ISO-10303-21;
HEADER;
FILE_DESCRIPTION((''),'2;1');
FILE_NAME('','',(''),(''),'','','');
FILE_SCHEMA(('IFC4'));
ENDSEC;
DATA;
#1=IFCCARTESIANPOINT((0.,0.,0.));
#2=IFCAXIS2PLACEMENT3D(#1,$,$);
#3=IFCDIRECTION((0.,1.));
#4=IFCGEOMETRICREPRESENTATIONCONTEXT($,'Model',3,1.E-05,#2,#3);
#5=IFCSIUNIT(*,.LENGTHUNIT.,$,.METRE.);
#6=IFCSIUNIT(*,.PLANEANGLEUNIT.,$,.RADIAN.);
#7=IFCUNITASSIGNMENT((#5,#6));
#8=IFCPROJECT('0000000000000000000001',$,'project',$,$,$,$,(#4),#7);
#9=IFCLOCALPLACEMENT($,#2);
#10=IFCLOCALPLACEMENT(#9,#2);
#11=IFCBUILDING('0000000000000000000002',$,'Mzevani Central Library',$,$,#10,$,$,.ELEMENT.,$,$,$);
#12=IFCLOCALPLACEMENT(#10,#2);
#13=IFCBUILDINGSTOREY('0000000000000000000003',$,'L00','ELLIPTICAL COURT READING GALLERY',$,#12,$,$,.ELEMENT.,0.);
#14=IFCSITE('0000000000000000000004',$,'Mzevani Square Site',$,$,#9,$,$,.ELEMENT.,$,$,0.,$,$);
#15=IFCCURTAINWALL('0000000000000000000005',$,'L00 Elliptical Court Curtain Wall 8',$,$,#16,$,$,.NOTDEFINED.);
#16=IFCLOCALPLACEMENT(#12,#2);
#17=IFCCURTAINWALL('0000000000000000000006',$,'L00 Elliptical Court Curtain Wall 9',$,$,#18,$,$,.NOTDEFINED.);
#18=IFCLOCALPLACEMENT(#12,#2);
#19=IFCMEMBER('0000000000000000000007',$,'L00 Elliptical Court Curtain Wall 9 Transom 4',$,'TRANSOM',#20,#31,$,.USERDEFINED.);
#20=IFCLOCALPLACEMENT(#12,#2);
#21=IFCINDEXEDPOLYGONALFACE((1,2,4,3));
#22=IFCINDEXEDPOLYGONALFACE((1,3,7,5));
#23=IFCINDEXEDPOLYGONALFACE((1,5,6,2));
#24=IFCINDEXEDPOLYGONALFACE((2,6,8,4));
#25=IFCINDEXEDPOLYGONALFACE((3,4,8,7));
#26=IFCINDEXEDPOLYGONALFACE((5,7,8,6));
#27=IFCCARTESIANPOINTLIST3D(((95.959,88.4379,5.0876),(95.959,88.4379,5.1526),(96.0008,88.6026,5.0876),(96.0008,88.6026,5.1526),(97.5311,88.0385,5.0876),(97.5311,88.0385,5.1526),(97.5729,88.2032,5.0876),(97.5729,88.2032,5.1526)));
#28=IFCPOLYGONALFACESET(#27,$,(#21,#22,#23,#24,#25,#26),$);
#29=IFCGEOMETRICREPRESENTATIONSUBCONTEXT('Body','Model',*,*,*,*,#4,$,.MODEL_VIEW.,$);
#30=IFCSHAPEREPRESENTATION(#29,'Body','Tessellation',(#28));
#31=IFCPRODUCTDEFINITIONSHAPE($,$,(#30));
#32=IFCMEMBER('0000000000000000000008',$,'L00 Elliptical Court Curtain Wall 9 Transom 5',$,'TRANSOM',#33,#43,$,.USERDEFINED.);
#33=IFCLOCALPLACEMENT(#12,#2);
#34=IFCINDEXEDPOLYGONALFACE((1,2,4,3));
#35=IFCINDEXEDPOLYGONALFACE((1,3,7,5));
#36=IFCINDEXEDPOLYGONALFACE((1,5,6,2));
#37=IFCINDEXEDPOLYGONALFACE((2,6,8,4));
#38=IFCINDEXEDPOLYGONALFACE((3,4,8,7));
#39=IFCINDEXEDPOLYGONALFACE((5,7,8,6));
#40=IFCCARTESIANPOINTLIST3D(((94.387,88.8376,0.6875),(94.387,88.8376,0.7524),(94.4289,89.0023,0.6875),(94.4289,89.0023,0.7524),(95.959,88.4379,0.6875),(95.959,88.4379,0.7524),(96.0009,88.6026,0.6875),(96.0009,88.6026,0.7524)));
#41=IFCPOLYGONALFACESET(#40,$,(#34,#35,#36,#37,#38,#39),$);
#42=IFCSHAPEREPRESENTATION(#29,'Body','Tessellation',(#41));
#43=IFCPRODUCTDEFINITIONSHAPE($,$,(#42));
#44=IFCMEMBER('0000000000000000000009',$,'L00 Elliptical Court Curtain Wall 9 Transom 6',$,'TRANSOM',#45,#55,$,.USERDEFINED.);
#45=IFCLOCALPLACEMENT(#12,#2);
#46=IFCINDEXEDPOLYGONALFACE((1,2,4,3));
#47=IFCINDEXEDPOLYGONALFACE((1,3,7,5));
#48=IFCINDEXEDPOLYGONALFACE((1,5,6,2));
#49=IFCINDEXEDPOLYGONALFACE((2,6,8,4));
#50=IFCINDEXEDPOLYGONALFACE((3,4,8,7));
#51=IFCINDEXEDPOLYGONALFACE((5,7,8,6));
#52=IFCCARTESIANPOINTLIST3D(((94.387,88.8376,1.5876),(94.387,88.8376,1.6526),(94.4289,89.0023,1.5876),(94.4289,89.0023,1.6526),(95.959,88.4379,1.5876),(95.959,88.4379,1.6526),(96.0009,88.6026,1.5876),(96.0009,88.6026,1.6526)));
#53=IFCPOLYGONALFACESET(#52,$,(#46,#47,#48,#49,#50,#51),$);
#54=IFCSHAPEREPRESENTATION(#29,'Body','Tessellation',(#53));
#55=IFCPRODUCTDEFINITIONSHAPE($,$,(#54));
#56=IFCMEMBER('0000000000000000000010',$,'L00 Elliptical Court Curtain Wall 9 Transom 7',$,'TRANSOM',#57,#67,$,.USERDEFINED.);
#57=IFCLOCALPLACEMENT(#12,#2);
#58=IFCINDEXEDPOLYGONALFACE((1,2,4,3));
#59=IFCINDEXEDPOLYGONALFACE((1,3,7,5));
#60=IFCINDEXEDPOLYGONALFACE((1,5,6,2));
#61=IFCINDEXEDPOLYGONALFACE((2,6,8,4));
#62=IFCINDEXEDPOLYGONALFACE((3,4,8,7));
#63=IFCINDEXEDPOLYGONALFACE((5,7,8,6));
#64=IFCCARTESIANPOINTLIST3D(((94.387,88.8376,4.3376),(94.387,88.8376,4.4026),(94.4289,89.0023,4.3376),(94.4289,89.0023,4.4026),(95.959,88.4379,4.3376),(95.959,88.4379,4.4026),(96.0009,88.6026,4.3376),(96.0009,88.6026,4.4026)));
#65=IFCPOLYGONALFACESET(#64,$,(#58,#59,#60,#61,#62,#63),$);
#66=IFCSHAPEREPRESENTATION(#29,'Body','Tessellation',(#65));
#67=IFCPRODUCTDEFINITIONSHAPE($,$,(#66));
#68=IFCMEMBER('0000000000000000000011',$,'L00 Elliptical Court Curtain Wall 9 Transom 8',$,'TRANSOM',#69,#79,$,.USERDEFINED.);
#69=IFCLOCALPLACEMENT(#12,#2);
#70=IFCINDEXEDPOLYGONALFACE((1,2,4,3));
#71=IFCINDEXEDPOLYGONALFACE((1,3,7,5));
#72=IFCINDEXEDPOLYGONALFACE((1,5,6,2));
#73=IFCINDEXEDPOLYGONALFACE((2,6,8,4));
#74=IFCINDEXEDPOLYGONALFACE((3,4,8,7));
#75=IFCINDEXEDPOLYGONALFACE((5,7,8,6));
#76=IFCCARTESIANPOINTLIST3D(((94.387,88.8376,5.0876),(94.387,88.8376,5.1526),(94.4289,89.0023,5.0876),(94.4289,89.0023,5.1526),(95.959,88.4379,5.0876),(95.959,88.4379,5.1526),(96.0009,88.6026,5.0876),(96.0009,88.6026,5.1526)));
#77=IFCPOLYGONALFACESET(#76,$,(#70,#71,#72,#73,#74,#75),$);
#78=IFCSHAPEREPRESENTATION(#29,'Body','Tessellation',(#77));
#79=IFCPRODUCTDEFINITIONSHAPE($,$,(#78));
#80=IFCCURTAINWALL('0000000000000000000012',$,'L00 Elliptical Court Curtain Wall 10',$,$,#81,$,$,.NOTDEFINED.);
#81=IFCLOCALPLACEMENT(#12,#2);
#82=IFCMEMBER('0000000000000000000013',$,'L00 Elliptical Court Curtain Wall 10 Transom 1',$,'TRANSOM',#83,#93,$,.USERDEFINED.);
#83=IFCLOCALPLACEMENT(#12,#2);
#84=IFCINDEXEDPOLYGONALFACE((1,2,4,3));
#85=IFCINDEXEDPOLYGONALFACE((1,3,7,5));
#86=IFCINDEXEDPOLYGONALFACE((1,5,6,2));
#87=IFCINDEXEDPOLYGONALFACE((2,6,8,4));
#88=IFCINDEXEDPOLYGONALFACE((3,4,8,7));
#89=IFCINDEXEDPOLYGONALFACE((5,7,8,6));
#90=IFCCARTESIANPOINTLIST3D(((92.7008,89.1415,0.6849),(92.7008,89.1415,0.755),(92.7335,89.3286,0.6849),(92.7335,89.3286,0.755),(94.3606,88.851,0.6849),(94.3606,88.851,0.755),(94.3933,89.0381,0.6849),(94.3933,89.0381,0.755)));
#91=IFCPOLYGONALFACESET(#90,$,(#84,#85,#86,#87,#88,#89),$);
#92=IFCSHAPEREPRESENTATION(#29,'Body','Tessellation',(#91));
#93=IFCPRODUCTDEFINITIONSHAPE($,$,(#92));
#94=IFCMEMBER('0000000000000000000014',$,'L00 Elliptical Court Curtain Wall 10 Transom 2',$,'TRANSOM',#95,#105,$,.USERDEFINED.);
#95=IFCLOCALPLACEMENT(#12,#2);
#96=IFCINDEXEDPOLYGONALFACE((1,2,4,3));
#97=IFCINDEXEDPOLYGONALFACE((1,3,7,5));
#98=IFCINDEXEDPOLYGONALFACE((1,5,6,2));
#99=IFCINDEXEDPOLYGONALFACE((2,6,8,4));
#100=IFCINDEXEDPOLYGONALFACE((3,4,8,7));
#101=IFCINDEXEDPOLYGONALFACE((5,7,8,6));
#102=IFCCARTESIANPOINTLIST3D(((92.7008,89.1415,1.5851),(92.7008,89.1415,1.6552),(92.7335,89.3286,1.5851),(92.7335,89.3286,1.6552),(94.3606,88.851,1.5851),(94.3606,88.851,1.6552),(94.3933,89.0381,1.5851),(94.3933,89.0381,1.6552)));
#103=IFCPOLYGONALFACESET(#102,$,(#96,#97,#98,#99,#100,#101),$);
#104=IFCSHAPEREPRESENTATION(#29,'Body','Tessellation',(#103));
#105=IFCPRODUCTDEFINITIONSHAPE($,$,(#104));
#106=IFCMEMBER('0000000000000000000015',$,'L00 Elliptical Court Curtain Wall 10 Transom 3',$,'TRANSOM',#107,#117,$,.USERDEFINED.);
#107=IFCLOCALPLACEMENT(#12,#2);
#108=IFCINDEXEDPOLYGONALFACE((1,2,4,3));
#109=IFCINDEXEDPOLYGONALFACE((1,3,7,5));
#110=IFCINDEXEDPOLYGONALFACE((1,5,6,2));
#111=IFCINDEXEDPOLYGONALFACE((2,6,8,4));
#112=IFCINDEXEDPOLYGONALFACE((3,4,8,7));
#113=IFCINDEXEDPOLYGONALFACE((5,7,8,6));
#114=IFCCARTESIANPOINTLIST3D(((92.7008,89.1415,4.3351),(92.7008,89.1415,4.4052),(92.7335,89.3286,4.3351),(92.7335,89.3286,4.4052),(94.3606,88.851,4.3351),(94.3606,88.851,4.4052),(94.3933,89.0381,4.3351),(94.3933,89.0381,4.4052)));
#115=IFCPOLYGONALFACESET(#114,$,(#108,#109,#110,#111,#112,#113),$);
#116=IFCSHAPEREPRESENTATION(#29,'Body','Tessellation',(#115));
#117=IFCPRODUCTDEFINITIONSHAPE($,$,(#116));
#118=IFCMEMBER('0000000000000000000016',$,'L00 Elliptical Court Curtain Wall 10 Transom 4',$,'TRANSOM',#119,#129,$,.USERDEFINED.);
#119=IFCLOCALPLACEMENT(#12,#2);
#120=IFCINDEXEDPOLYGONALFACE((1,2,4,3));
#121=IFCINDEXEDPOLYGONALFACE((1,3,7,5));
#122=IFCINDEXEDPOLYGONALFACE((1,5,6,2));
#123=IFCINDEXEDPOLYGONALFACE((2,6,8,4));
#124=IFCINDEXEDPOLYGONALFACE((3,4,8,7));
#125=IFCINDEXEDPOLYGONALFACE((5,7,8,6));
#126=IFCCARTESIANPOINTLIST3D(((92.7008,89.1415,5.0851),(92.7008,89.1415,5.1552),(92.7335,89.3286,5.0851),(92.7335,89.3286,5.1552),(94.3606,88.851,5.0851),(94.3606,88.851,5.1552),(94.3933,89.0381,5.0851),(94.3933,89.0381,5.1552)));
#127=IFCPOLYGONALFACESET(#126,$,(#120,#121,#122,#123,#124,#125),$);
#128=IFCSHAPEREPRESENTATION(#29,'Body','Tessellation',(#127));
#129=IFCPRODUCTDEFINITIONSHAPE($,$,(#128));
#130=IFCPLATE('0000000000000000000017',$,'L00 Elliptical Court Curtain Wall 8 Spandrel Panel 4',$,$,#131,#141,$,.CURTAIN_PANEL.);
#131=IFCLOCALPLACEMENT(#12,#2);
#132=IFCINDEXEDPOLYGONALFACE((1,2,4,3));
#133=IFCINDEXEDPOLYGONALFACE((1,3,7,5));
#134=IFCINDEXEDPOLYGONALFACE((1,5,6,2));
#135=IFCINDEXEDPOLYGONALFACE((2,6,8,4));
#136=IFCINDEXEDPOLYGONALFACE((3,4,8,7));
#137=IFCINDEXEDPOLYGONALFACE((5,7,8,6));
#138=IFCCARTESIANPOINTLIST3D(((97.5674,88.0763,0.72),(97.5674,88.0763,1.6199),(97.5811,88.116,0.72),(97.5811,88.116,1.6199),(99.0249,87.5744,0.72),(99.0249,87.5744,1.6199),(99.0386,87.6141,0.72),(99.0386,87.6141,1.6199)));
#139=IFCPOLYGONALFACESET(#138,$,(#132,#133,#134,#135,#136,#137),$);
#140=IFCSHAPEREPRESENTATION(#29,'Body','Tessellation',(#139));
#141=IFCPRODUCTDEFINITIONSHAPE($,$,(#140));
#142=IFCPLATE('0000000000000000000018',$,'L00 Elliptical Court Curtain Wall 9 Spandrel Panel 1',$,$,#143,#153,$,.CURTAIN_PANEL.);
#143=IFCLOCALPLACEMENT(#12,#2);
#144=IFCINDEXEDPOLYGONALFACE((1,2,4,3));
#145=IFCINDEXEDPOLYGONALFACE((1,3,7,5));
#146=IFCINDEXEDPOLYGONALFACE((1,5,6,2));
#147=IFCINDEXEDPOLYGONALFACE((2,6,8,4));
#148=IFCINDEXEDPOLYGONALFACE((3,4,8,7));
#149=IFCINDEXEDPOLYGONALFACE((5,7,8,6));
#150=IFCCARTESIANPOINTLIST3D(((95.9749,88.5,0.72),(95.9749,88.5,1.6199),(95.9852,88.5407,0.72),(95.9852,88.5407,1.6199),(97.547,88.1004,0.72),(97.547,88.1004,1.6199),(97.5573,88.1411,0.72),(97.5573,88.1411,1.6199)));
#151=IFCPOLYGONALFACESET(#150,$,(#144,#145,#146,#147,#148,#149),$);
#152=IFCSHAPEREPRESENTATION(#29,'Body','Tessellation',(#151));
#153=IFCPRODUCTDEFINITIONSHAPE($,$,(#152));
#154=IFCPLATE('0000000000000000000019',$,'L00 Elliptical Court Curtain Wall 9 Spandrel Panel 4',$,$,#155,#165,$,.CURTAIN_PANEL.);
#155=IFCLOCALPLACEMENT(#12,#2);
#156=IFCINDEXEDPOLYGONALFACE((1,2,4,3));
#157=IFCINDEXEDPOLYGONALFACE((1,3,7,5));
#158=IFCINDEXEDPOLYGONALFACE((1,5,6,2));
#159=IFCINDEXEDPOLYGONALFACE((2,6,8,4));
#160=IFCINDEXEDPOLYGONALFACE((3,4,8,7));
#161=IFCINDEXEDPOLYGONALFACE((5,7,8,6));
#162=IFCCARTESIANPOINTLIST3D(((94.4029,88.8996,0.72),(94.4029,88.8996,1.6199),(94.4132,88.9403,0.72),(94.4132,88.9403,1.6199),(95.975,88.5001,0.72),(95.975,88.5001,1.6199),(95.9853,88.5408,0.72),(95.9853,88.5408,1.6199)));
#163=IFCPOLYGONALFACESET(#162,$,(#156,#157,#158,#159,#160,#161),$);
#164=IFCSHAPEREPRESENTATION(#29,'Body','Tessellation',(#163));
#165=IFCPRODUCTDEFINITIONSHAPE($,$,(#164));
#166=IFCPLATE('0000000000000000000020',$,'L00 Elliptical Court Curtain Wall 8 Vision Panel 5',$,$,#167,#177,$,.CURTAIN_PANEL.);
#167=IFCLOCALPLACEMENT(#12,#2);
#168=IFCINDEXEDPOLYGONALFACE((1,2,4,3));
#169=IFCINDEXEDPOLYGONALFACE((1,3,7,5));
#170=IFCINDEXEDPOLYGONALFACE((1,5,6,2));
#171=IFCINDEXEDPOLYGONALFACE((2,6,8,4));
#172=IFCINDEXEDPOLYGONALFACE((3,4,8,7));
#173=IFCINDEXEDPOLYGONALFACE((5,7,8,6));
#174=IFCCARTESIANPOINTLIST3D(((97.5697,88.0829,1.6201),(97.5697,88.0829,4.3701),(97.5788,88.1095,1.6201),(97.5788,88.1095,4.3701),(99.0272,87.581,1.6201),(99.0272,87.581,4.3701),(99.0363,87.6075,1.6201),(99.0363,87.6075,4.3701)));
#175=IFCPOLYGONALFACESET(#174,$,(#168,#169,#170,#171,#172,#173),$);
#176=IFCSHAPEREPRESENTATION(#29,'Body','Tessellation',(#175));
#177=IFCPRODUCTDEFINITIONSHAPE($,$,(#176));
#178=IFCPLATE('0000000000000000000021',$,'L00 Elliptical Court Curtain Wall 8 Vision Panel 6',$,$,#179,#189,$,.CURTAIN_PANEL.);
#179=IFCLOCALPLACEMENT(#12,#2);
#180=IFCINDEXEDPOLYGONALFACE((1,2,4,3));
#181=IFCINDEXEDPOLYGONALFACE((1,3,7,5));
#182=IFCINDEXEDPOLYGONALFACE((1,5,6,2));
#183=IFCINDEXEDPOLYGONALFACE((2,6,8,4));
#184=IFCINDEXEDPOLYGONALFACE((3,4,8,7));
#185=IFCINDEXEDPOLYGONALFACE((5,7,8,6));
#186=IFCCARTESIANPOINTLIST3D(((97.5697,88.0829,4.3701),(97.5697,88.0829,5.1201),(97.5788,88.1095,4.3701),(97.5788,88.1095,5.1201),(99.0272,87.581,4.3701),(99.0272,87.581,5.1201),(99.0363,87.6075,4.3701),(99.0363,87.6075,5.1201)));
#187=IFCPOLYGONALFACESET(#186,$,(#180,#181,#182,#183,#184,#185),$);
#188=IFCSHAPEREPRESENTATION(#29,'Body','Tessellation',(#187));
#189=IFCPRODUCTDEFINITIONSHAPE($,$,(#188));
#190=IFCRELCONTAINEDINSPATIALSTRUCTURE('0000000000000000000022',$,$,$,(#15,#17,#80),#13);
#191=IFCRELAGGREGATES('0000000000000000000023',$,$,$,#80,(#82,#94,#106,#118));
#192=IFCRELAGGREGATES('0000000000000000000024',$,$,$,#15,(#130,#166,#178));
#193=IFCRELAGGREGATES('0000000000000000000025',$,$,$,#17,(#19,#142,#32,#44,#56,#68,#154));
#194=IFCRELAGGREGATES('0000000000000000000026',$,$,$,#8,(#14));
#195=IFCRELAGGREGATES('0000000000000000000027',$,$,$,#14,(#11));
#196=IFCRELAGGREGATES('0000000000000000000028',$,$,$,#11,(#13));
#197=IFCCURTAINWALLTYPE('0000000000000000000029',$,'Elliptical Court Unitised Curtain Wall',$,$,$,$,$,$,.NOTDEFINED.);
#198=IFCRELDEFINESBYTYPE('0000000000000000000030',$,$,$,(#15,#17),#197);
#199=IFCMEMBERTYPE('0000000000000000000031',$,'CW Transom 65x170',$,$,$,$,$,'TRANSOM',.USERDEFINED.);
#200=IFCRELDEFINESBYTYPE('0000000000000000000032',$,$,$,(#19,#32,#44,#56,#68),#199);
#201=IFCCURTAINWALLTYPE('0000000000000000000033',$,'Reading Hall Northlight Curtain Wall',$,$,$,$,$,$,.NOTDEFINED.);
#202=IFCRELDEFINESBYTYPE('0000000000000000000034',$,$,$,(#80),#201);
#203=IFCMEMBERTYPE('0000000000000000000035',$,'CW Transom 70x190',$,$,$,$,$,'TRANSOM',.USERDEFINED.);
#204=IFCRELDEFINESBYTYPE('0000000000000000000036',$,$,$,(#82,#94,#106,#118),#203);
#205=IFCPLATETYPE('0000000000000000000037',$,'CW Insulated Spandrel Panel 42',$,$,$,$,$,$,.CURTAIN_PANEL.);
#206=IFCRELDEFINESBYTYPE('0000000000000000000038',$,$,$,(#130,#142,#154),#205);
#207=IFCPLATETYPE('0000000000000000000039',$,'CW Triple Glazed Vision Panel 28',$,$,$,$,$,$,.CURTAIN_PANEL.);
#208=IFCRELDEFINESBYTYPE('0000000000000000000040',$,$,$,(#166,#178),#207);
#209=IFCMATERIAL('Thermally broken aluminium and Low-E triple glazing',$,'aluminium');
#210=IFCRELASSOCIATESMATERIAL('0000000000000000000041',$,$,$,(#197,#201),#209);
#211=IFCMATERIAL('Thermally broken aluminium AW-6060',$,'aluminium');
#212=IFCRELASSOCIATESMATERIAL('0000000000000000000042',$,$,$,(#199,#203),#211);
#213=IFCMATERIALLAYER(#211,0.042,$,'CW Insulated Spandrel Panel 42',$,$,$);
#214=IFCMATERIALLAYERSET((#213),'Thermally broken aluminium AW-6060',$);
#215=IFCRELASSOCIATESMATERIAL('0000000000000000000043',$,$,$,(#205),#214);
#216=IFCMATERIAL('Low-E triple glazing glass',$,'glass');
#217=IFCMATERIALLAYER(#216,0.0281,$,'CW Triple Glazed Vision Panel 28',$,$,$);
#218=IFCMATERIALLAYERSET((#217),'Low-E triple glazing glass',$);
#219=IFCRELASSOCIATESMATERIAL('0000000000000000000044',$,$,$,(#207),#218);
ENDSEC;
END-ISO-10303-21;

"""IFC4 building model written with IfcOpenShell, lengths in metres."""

from ifc_helpers import new_model, si_unit, direction, frame, origin, origin_2d, place, context, subcontext, project, spatial, rectangle, extrude, material, layer, layer_set, material_profile, profile_set, type_object, element, aggregate, save


model = new_model("IFC4")

# Units and contexts
model_context = context("Model", 3, precision=1e-05, world=origin(), true_north=direction((0.0, 1.0)))
body_context = subcontext(model_context, "Body", "Model", "MODEL_VIEW")
ifc_project = project(units=[si_unit("LENGTHUNIT", "METRE"), si_unit("PLANEANGLEUNIT", "RADIAN")], contexts=[model_context])

# Site, building, storey
site_placement = place(None, origin())
site = spatial("IfcSite", under=ifc_project, at=site_placement, Name="Mzevani Square Site", CompositionType="ELEMENT", RefElevation=0.0)
building_placement = place(site_placement, origin())
building = spatial("IfcBuilding", under=site, at=building_placement, Name="Mzevani Central Library", CompositionType="ELEMENT")
storey_placement = place(building_placement, origin())
storey = spatial("IfcBuildingStorey", under=building, at=storey_placement, Name="L00", Description="ELLIPTICAL COURT READING GALLERY", CompositionType="ELEMENT", Elevation=0.0)

# Curtain walls
ifc_material_1 = material(Name="Thermally broken aluminium and Low-E triple glazing", Category="aluminium")
curtain_wall_type_1 = type_object("IfcCurtainWallType", Name="Elliptical Court Unitised Curtain Wall", PredefinedType="NOTDEFINED", material=ifc_material_1)
curtain_wall_1_placement = place(storey_placement, origin())
curtain_wall_1 = element("IfcCurtainWall", 1, at=curtain_wall_1_placement, inside=storey, type_object=curtain_wall_type_1, Name="L00 Elliptical Court Curtain Wall 8", PredefinedType="NOTDEFINED")
ifc_material_2 = material(Name="Thermally broken aluminium AW-6060", Category="aluminium")
curtain_wall_2_placement = place(storey_placement, origin())
curtain_wall_2 = element("IfcCurtainWall", 2, at=curtain_wall_2_placement, inside=storey, type_object=curtain_wall_type_1, Name="L00 Elliptical Court Curtain Wall 9", PredefinedType="NOTDEFINED")

# Members
ifc_material_profile_1 = material_profile(ifc_material_2, rectangle(XDim=0.1699, YDim=0.0649, at=origin_2d()), Name="ALU T65x170")
ifc_profile_set_1 = profile_set([ifc_material_profile_1], Name="Thermally broken aluminium AW-6060")
member_type_1 = type_object("IfcMemberType", Name="CW Transom 65x170", ElementType="TRANSOM", PredefinedType="USERDEFINED", material=ifc_profile_set_1)
member_1_placement = place(storey_placement, frame((97.552, 88.1208, 5.1201), z_axis=(-0.969206, 0.246253, 0.0), x_axis=(-0.246253, -0.969206, 0.0)))
member_1 = element("IfcMember", 3, at=member_1_placement, type_object=member_type_1, Name="L00 Elliptical Court Curtain Wall 9 Transom 4", ObjectType="TRANSOM", PredefinedType="USERDEFINED", context=body_context, shape_type="SweptSolid", body=[
    extrude(rectangle(XDim=0.1699, YDim=0.0649, at=origin_2d()), origin(), (0.0, 0.0, 1.0), 1.6221),
])
member_2_placement = place(storey_placement, frame((95.98, 88.5203, 0.72), z_axis=(-0.96917, 0.246394, 0.0), x_axis=(-0.246394, -0.96917, 0.0)))
member_2 = element("IfcMember", 4, at=member_2_placement, type_object=member_type_1, Name="L00 Elliptical Court Curtain Wall 9 Transom 5", ObjectType="TRANSOM", PredefinedType="USERDEFINED", context=body_context, shape_type="SweptSolid", body=[
    extrude(rectangle(XDim=0.1699, YDim=0.0649, at=origin_2d()), origin(), (0.0, 0.0, 1.0), 1.6221),
])
member_3_placement = place(storey_placement, frame((95.98, 88.5203, 1.6201), z_axis=(-0.96917, 0.246394, 0.0), x_axis=(-0.246394, -0.96917, 0.0)))
member_3 = element("IfcMember", 5, at=member_3_placement, type_object=member_type_1, Name="L00 Elliptical Court Curtain Wall 9 Transom 6", ObjectType="TRANSOM", PredefinedType="USERDEFINED", context=body_context, shape_type="SweptSolid", body=[
    extrude(rectangle(XDim=0.1699, YDim=0.0649, at=origin_2d()), origin(), (0.0, 0.0, 1.0), 1.6221),
])
member_4_placement = place(storey_placement, frame((95.98, 88.5203, 4.3701), z_axis=(-0.96917, 0.246394, 0.0), x_axis=(-0.246394, -0.96917, 0.0)))
member_4 = element("IfcMember", 6, at=member_4_placement, type_object=member_type_1, Name="L00 Elliptical Court Curtain Wall 9 Transom 7", ObjectType="TRANSOM", PredefinedType="USERDEFINED", context=body_context, shape_type="SweptSolid", body=[
    extrude(rectangle(XDim=0.1699, YDim=0.0649, at=origin_2d()), origin(), (0.0, 0.0, 1.0), 1.6221),
])
member_5_placement = place(storey_placement, frame((95.98, 88.5203, 5.1201), z_axis=(-0.96917, 0.246394, 0.0), x_axis=(-0.246394, -0.96917, 0.0)))
member_5 = element("IfcMember", 7, at=member_5_placement, type_object=member_type_1, Name="L00 Elliptical Court Curtain Wall 9 Transom 8", ObjectType="TRANSOM", PredefinedType="USERDEFINED", context=body_context, shape_type="SweptSolid", body=[
    extrude(rectangle(XDim=0.1699, YDim=0.0649, at=origin_2d()), origin(), (0.0, 0.0, 1.0), 1.6221),
])

# Curtain wall, members
curtain_wall_type_2 = type_object("IfcCurtainWallType", Name="Reading Hall Northlight Curtain Wall", PredefinedType="NOTDEFINED", material=ifc_material_1)
curtain_wall_3_placement = place(storey_placement, origin())
curtain_wall_3 = element("IfcCurtainWall", 8, at=curtain_wall_3_placement, inside=storey, type_object=curtain_wall_type_2, Name="L00 Elliptical Court Curtain Wall 10", PredefinedType="NOTDEFINED")
ifc_material_profile_2 = material_profile(ifc_material_2, rectangle(XDim=0.1899, YDim=0.0701, at=origin_2d()), Name="ALU T70x190")
ifc_profile_set_2 = profile_set([ifc_material_profile_2], Name="Thermally broken aluminium AW-6060")
member_type_2 = type_object("IfcMemberType", Name="CW Transom 70x190", ElementType="TRANSOM", PredefinedType="USERDEFINED", material=ifc_profile_set_2)
member_6_placement = place(storey_placement, frame((94.377, 88.9446, 0.72), z_axis=(-0.985026, 0.172405, 0.0), x_axis=(-0.172405, -0.985026, 0.0)))
member_6 = element("IfcMember", 9, at=member_6_placement, type_object=member_type_2, Name="L00 Elliptical Court Curtain Wall 10 Transom 1", ObjectType="TRANSOM", PredefinedType="USERDEFINED", context=body_context, shape_type="SweptSolid", body=[
    extrude(rectangle(XDim=0.1899, YDim=0.0701, at=origin_2d()), origin(), (0.0, 0.0, 1.0), 1.6851),
])
member_7_placement = place(storey_placement, frame((94.377, 88.9446, 1.6201), z_axis=(-0.985026, 0.172405, 0.0), x_axis=(-0.172405, -0.985026, 0.0)))
member_7 = element("IfcMember", 10, at=member_7_placement, type_object=member_type_2, Name="L00 Elliptical Court Curtain Wall 10 Transom 2", ObjectType="TRANSOM", PredefinedType="USERDEFINED", context=body_context, shape_type="SweptSolid", body=[
    extrude(rectangle(XDim=0.1899, YDim=0.0701, at=origin_2d()), origin(), (0.0, 0.0, 1.0), 1.6851),
])
member_8_placement = place(storey_placement, frame((94.377, 88.9446, 4.3701), z_axis=(-0.985026, 0.172405, 0.0), x_axis=(-0.172405, -0.985026, 0.0)))
member_8 = element("IfcMember", 11, at=member_8_placement, type_object=member_type_2, Name="L00 Elliptical Court Curtain Wall 10 Transom 3", ObjectType="TRANSOM", PredefinedType="USERDEFINED", context=body_context, shape_type="SweptSolid", body=[
    extrude(rectangle(XDim=0.1899, YDim=0.0701, at=origin_2d()), origin(), (0.0, 0.0, 1.0), 1.6851),
])
member_9_placement = place(storey_placement, frame((94.377, 88.9446, 5.1201), z_axis=(-0.985026, 0.172405, 0.0), x_axis=(-0.172405, -0.985026, 0.0)))
member_9 = element("IfcMember", 12, at=member_9_placement, type_object=member_type_2, Name="L00 Elliptical Court Curtain Wall 10 Transom 4", ObjectType="TRANSOM", PredefinedType="USERDEFINED", context=body_context, shape_type="SweptSolid", body=[
    extrude(rectangle(XDim=0.1899, YDim=0.0701, at=origin_2d()), origin(), (0.0, 0.0, 1.0), 1.6851),
])
aggregate(curtain_wall_3, [member_6, member_7, member_8, member_9])

# Plates
ifc_layer_1 = layer(ifc_material_2, 0.042, Name="CW Insulated Spandrel Panel 42")
ifc_layer_set_1 = layer_set([ifc_layer_1], Name="Thermally broken aluminium AW-6060")
plate_type_1 = type_object("IfcPlateType", Name="CW Insulated Spandrel Panel 42", PredefinedType="CURTAIN_PANEL", material=ifc_layer_set_1)
plate_1_placement = place(storey_placement, frame((98.303, 87.8452, 0.72), z_axis=(0.0, 0.0, 1.0), x_axis=(-0.945503, 0.325613, 0.0)))
plate_1 = element("IfcPlate", 13, at=plate_1_placement, type_object=plate_type_1, Name="L00 Elliptical Court Curtain Wall 8 Spandrel Panel 4", PredefinedType="CURTAIN_PANEL", context=body_context, shape_type="SweptSolid", body=[
    extrude(rectangle(XDim=1.5415, YDim=0.042, at=origin_2d()), origin(), (0.0, 0.0, 1.0), 0.8999),
])
plate_2_placement = place(storey_placement, frame((96.7661, 88.3206, 0.72), z_axis=(0.0, 0.0, 1.0), x_axis=(-0.969187, 0.246328, 0.0)))
plate_2 = element("IfcPlate", 14, at=plate_2_placement, type_object=plate_type_1, Name="L00 Elliptical Court Curtain Wall 9 Spandrel Panel 1", PredefinedType="CURTAIN_PANEL", context=body_context, shape_type="SweptSolid", body=[
    extrude(rectangle(XDim=1.6221, YDim=0.042, at=origin_2d()), origin(), (0.0, 0.0, 1.0), 0.8999),
])
plate_3_placement = place(storey_placement, frame((95.1941, 88.7202, 0.72), z_axis=(0.0, 0.0, 1.0), x_axis=(-0.969187, 0.246328, 0.0)))
plate_3 = element("IfcPlate", 15, at=plate_3_placement, type_object=plate_type_1, Name="L00 Elliptical Court Curtain Wall 9 Spandrel Panel 4", PredefinedType="CURTAIN_PANEL", context=body_context, shape_type="SweptSolid", body=[
    extrude(rectangle(XDim=1.6221, YDim=0.042, at=origin_2d()), origin(), (0.0, 0.0, 1.0), 0.8999),
])
ifc_material_3 = material(Name="Low-E triple glazing glass", Category="glass")
ifc_layer_2 = layer(ifc_material_3, 0.0281, Name="CW Triple Glazed Vision Panel 28")
ifc_layer_set_2 = layer_set([ifc_layer_2], Name="Low-E triple glazing glass")
plate_type_2 = type_object("IfcPlateType", Name="CW Triple Glazed Vision Panel 28", PredefinedType="CURTAIN_PANEL", material=ifc_layer_set_2)
plate_4_placement = place(storey_placement, frame((98.303, 87.8452, 1.6201), z_axis=(0.0, 0.0, 1.0), x_axis=(-0.945503, 0.325613, 0.0)))
plate_4 = element("IfcPlate", 16, at=plate_4_placement, type_object=plate_type_2, Name="L00 Elliptical Court Curtain Wall 8 Vision Panel 5", PredefinedType="CURTAIN_PANEL", context=body_context, shape_type="SweptSolid", body=[
    extrude(rectangle(XDim=1.5415, YDim=0.0281, at=origin_2d()), origin(), (0.0, 0.0, 1.0), 2.75),
])
plate_5_placement = place(storey_placement, frame((98.303, 87.8452, 4.3701), z_axis=(0.0, 0.0, 1.0), x_axis=(-0.945503, 0.325613, 0.0)))
plate_5 = element("IfcPlate", 17, at=plate_5_placement, type_object=plate_type_2, Name="L00 Elliptical Court Curtain Wall 8 Vision Panel 6", PredefinedType="CURTAIN_PANEL", context=body_context, shape_type="SweptSolid", body=[
    extrude(rectangle(XDim=1.5415, YDim=0.0281, at=origin_2d()), origin(), (0.0, 0.0, 1.0), 0.75),
])
aggregate(curtain_wall_1, [plate_1, plate_4, plate_5])
aggregate(curtain_wall_2, [member_1, plate_2, member_2, member_3, member_4, member_5, plate_3])

save(model, "model.ifc")
